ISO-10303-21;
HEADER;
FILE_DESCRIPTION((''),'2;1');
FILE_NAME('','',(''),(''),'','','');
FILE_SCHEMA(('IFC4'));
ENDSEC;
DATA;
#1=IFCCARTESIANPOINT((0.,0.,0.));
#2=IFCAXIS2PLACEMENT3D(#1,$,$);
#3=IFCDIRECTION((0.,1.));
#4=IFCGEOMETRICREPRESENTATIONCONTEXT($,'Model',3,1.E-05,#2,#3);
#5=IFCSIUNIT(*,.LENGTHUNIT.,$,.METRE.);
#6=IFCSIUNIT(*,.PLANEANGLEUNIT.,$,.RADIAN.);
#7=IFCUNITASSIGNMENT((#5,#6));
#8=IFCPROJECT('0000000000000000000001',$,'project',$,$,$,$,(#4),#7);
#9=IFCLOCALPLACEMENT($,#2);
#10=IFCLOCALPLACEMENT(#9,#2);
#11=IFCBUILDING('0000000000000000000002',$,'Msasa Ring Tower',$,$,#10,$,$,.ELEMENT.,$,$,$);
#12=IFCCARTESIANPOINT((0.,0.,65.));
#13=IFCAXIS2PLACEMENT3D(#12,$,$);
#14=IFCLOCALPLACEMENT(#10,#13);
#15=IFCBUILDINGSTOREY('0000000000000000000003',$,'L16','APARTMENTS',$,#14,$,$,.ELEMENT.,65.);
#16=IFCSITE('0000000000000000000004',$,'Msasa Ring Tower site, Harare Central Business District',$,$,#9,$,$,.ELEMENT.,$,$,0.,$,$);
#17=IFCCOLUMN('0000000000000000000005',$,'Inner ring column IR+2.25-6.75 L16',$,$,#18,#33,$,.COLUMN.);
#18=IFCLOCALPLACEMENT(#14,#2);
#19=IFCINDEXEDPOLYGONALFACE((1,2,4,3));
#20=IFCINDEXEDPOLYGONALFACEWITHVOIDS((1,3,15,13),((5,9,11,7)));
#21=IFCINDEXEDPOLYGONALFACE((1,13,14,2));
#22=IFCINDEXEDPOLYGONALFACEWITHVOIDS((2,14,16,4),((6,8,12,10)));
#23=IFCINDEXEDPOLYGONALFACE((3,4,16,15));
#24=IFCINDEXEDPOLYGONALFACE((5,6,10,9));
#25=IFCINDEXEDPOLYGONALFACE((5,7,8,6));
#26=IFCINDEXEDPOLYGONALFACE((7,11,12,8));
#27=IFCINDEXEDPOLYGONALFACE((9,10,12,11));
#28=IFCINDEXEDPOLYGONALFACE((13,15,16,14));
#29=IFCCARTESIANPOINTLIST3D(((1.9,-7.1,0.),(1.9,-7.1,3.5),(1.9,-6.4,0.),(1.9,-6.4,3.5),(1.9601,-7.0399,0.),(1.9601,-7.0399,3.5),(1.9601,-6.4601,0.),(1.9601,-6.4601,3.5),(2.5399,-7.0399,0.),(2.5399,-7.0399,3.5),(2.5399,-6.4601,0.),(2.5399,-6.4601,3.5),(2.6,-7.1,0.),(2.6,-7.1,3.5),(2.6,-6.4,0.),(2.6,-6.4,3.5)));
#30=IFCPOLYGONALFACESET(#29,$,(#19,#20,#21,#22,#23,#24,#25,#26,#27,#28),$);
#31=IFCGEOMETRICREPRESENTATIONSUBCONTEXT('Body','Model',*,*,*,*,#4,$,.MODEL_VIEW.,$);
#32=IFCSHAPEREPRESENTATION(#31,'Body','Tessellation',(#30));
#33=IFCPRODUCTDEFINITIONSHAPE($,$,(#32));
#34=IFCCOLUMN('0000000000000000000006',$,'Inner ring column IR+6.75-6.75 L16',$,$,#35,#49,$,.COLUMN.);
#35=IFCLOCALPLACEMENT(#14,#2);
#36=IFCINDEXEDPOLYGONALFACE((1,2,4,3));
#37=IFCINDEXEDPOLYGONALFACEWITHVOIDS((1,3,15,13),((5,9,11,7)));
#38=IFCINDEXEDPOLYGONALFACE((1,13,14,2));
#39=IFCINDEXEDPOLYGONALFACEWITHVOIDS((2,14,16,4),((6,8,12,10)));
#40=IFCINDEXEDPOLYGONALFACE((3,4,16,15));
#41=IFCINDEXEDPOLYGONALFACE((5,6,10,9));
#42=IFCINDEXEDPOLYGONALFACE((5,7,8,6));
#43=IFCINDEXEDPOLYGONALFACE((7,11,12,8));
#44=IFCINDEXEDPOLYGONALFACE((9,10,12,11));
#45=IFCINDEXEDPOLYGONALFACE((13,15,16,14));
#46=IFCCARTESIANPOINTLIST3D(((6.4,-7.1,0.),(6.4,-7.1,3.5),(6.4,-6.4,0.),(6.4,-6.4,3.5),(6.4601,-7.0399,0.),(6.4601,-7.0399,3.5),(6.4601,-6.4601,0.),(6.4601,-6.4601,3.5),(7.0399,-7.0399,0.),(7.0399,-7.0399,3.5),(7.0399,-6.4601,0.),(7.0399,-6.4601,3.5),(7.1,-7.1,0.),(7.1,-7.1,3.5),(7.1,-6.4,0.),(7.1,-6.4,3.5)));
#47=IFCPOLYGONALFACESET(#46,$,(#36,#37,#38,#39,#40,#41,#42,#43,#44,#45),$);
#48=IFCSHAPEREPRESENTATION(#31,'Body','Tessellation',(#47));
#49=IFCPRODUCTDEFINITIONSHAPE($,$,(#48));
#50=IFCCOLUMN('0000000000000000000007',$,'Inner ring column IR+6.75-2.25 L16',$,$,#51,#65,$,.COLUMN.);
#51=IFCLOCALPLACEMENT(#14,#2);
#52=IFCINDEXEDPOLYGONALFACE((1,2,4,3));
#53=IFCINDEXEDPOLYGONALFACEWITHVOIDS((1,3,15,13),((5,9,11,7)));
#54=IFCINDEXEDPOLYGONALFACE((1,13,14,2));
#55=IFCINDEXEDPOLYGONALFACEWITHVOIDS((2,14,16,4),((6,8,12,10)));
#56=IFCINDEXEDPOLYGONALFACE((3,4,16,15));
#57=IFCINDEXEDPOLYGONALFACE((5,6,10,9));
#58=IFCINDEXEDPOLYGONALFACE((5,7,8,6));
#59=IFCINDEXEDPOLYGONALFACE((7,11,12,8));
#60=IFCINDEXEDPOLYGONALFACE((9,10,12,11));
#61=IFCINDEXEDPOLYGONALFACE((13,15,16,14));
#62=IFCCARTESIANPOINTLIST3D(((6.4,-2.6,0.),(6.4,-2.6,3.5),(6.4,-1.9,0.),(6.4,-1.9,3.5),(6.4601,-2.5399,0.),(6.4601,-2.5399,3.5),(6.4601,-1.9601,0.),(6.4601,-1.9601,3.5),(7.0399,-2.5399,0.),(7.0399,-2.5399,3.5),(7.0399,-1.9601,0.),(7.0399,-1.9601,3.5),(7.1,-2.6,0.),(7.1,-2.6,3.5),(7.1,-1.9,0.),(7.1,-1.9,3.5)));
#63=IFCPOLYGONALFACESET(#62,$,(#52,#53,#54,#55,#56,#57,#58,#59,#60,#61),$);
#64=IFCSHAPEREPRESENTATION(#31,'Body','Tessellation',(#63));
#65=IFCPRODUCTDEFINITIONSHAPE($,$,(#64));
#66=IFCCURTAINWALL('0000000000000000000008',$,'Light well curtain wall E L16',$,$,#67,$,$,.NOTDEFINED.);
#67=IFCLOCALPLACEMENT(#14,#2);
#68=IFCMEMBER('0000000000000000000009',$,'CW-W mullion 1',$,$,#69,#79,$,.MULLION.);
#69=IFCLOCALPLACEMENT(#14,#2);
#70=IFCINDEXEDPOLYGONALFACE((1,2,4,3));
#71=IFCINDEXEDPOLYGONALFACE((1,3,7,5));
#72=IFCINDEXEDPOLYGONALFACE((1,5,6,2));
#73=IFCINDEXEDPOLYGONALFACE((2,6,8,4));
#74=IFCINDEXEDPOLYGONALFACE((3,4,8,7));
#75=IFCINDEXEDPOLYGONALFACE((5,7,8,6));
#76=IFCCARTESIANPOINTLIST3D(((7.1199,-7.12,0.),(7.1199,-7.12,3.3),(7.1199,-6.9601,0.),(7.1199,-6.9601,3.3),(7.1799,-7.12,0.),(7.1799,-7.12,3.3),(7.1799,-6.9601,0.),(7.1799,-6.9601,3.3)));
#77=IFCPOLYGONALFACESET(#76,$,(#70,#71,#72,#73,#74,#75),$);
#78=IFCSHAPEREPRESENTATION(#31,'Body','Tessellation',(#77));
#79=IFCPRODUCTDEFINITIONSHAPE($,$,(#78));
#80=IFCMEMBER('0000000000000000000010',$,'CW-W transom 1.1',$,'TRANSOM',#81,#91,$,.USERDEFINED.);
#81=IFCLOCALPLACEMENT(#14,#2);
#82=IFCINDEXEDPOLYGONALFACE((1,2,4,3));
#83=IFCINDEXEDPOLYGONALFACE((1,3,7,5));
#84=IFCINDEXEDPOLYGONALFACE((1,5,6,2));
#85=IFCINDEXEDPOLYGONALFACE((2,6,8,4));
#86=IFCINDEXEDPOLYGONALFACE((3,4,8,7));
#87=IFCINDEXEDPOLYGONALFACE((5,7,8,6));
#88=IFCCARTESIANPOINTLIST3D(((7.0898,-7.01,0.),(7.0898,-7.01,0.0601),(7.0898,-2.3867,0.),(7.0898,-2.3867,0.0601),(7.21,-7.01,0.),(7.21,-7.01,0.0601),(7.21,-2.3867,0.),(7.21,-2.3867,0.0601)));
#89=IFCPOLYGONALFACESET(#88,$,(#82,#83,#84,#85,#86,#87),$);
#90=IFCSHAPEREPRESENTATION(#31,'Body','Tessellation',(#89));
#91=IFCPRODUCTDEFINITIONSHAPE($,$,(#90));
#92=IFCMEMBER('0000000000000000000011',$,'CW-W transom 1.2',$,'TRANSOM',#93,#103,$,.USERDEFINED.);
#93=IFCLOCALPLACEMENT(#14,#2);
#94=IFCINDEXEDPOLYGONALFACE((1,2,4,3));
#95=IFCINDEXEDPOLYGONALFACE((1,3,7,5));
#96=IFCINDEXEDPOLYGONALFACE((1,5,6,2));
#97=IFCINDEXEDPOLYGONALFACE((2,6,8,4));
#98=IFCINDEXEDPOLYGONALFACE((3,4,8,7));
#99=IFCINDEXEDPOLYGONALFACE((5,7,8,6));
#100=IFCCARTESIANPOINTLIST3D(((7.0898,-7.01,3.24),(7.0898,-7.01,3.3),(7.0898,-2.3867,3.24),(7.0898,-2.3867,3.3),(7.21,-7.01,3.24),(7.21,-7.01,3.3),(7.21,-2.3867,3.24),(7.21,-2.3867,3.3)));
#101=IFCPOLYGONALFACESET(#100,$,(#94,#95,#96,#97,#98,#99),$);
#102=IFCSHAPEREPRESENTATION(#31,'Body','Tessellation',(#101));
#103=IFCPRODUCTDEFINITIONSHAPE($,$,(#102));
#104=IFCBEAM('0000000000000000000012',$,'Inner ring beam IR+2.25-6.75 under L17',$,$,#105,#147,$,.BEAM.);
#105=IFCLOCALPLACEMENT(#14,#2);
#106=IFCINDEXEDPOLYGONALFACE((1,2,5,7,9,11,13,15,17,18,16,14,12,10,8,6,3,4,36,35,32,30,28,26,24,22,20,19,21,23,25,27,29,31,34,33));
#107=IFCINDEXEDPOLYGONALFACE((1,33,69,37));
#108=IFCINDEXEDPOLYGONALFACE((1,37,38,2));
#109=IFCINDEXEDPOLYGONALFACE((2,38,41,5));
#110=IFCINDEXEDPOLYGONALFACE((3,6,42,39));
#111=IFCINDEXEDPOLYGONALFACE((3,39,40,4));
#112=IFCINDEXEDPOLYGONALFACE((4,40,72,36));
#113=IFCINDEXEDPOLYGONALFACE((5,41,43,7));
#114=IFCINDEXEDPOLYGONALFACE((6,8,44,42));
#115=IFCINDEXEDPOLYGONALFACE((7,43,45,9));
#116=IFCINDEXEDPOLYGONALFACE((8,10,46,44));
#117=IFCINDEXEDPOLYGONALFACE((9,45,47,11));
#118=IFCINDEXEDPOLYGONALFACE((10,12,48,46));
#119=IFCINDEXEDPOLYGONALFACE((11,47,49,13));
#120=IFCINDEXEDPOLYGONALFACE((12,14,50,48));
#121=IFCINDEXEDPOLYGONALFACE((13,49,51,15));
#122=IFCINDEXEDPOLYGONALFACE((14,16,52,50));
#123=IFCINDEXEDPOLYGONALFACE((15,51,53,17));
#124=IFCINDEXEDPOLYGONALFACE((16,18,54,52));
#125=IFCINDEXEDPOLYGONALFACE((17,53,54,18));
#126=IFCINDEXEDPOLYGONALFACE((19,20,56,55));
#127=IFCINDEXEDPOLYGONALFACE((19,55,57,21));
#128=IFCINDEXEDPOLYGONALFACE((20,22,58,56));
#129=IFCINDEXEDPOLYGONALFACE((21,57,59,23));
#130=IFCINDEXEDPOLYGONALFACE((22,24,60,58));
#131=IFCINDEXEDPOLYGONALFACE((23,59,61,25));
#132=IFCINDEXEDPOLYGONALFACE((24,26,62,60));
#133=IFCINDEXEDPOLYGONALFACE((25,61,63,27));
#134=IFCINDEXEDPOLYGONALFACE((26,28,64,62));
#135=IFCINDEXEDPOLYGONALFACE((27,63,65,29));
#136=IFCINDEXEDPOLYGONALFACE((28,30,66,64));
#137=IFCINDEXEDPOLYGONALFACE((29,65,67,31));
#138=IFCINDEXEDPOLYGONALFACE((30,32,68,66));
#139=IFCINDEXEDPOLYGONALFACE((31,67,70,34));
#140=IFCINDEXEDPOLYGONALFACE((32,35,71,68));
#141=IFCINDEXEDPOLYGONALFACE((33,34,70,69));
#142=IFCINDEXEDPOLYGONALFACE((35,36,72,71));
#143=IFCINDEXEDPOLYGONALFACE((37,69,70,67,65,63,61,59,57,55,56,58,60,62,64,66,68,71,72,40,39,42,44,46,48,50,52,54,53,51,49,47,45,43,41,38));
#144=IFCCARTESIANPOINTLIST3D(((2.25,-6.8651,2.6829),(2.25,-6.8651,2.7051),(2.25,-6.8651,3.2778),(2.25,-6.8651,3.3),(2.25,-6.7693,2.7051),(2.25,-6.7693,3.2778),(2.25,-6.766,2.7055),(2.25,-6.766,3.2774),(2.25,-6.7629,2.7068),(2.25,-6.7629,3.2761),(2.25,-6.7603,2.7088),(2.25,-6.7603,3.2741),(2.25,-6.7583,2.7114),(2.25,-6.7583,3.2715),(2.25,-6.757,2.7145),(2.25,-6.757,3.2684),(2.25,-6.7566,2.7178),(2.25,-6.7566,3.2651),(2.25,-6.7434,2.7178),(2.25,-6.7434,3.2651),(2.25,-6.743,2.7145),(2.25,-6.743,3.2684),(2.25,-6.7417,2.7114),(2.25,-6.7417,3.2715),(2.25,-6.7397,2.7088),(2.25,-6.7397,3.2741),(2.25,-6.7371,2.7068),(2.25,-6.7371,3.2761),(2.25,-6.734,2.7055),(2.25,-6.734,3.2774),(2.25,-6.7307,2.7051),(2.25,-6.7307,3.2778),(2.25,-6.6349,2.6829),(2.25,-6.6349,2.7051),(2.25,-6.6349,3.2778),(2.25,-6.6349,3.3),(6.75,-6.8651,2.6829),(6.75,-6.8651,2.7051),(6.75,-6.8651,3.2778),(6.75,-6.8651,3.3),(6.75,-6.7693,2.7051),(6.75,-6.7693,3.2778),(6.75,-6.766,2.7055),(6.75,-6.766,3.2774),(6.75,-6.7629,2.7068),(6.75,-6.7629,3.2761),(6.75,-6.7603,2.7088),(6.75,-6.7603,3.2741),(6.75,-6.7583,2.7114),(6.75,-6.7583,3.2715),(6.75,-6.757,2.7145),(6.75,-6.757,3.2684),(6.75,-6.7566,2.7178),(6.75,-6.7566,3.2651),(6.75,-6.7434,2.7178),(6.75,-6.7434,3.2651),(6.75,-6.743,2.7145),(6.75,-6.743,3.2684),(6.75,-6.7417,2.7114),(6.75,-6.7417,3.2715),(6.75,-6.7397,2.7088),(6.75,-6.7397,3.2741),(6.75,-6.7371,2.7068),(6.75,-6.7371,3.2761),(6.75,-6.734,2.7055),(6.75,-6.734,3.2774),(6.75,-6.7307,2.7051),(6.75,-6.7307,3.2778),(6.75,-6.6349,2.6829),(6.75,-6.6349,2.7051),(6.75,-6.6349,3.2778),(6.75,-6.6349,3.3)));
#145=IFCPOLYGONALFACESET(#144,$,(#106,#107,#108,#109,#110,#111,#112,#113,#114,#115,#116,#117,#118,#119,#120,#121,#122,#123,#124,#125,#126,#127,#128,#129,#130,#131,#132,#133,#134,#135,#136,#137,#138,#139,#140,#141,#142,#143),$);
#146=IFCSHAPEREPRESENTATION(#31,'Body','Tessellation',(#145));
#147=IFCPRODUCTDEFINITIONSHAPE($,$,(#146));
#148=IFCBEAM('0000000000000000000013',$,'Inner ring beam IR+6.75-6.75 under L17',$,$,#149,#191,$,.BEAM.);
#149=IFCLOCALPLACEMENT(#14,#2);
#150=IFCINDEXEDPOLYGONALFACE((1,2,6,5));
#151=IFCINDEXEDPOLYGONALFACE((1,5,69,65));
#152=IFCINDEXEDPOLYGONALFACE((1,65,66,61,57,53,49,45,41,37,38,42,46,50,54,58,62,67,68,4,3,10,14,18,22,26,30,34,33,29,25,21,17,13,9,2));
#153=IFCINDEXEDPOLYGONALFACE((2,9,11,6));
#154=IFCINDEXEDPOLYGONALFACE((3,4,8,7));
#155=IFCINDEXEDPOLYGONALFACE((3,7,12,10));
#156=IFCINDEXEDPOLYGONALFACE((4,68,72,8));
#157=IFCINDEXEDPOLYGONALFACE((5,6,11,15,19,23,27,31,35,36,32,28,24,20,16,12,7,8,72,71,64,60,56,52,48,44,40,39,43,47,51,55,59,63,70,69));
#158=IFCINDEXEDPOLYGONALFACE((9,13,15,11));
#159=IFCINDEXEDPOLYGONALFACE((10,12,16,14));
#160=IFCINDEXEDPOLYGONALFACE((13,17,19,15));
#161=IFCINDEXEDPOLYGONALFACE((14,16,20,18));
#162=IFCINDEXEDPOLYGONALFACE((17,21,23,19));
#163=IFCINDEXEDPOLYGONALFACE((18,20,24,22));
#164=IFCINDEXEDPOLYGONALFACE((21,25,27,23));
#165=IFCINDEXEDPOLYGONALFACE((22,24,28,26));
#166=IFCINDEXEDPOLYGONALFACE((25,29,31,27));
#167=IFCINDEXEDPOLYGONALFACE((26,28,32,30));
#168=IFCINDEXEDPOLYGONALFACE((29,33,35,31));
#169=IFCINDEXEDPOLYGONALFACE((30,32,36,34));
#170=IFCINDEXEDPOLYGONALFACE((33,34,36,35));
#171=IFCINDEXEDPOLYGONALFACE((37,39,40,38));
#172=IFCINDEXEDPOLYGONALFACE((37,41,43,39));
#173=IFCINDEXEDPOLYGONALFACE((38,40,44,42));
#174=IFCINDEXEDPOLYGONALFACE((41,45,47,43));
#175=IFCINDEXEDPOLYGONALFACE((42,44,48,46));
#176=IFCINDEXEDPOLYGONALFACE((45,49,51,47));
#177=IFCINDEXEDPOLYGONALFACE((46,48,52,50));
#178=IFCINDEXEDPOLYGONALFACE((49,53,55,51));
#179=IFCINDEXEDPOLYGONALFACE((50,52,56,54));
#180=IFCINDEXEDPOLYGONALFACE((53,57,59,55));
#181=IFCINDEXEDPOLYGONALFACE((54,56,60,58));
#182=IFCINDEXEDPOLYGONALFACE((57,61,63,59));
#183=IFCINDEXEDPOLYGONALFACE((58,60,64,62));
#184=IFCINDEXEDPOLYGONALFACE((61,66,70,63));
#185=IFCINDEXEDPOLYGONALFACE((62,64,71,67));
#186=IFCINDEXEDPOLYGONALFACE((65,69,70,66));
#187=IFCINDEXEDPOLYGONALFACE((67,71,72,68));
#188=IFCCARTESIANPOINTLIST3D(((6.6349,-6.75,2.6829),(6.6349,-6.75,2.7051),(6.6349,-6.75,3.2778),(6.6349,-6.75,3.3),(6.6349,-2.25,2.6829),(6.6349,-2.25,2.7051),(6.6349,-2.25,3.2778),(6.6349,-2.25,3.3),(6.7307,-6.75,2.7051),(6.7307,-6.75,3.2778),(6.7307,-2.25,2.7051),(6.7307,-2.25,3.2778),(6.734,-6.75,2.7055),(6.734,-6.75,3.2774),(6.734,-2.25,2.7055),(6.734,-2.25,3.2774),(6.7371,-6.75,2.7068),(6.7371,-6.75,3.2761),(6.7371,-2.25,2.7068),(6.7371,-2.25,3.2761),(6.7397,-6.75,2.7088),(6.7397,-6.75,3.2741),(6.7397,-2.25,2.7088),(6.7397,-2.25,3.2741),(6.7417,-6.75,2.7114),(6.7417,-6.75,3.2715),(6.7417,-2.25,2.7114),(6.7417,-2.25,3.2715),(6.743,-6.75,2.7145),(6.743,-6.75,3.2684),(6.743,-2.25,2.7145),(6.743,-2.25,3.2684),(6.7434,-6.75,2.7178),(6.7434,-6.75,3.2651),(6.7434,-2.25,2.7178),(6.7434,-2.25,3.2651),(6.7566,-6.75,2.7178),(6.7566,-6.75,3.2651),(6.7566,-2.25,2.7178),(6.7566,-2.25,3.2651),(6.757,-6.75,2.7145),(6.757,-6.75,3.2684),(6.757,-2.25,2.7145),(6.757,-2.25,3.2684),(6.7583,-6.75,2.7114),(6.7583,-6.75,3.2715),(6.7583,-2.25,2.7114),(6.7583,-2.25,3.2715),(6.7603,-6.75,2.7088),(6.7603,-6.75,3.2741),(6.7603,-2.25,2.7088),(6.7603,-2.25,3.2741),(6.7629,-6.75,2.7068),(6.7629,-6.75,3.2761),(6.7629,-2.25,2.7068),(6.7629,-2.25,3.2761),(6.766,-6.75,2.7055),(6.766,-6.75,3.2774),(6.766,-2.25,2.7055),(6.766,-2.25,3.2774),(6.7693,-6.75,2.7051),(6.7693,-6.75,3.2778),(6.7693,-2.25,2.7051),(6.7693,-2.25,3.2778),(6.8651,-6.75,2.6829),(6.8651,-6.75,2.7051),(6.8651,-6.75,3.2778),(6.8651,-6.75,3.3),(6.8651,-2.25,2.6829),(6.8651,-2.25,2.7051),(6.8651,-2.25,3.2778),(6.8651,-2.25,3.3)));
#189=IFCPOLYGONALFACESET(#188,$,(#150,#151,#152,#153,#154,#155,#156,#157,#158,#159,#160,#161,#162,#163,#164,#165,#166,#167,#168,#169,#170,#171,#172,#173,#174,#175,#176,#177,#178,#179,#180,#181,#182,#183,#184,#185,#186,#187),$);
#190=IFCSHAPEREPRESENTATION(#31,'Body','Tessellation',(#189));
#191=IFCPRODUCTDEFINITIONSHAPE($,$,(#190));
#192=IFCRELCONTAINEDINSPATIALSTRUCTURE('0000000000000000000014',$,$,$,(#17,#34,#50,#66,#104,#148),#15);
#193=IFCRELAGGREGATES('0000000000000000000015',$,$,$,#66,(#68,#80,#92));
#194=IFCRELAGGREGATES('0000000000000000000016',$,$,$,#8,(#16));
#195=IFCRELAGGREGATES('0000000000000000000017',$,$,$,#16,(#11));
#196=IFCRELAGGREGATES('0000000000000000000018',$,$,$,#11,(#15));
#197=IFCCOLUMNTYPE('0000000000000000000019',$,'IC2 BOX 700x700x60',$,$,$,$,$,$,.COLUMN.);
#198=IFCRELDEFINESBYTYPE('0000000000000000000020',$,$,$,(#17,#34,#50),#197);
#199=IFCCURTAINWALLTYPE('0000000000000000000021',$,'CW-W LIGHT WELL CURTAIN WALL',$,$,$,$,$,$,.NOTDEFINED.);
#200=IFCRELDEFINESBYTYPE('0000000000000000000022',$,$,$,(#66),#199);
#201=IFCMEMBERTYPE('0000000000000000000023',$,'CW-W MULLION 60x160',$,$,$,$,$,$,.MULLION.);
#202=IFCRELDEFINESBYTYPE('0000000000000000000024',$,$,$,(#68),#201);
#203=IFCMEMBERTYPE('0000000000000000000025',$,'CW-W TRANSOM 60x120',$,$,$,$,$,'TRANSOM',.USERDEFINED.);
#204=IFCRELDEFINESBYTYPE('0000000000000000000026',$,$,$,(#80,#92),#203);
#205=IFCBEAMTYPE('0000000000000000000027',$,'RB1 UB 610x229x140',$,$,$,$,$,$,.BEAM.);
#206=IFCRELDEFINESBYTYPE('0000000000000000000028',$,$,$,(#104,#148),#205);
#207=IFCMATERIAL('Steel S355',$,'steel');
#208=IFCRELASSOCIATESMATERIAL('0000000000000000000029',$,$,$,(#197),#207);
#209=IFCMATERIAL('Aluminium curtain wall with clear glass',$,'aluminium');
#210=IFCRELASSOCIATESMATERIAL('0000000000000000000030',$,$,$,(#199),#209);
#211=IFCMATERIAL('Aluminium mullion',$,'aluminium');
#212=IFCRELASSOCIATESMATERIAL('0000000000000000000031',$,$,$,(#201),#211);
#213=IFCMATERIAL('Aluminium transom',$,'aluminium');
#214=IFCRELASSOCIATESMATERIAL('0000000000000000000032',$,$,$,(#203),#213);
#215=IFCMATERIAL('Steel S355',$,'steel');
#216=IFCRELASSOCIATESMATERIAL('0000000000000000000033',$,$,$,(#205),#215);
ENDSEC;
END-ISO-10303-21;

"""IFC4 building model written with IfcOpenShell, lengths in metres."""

from ifc_helpers import new_model, si_unit, direction, frame, origin, origin_2d, place, context, subcontext, project, spatial, rectangle, hollow_rectangle, i_section, extrude, material, material_profile, profile_set, type_object, element, aggregate, save


model = new_model("IFC4")

# Units and contexts
model_context = context("Model", 3, precision=1e-05, world=origin(), true_north=direction((0.0, 1.0)))
body_context = subcontext(model_context, "Body", "Model", "MODEL_VIEW")
ifc_project = project(units=[si_unit("LENGTHUNIT", "METRE"), si_unit("PLANEANGLEUNIT", "RADIAN")], contexts=[model_context])

# Site, building, storey
site_placement = place(None, origin())
site = spatial("IfcSite", under=ifc_project, at=site_placement, Name="Msasa Ring Tower site, Harare Central Business District", CompositionType="ELEMENT", RefElevation=0.0)
building_placement = place(site_placement, origin())
building = spatial("IfcBuilding", under=site, at=building_placement, Name="Msasa Ring Tower", CompositionType="ELEMENT")
storey_placement = place(building_placement, frame((0.0, 0.0, 65.0)))
storey = spatial("IfcBuildingStorey", under=building, at=storey_placement, Name="L16", Description="APARTMENTS", CompositionType="ELEMENT", Elevation=65.0)

# Columns
ifc_material_1 = material(Name="Steel S355", Category="steel")
ifc_material_profile_1 = material_profile(ifc_material_1, hollow_rectangle(XDim=0.7, YDim=0.7, WallThickness=0.0601, at=origin_2d()), Name="BOX 700x700x60")
ifc_profile_set_1 = profile_set([ifc_material_profile_1], Name="Steel S355")
column_type = type_object("IfcColumnType", Name="IC2 BOX 700x700x60", PredefinedType="COLUMN", material=ifc_profile_set_1)
for number, where, z_axis, x_axis, name in (
    (1, (2.25, -6.75, 0.0), (0.0, 0.0, 1.0), (1.0, 0.0, 0.0), "Inner ring column IR+2.25-6.75 L16"),
    (2, (6.75, -6.75, 0.0), (0.0, 0.0, 1.0), (1.0, 0.0, 0.0), "Inner ring column IR+6.75-6.75 L16"),
    (3, (6.75, -2.25, 0.0), (0.0, 0.0, 1.0), (1.0, 0.0, 0.0), "Inner ring column IR+6.75-2.25 L16"),
):
    element("IfcColumn", number, at=place(storey_placement, frame(where, z_axis=z_axis, x_axis=x_axis)), inside=storey, type_object=column_type, Name=name, PredefinedType="COLUMN", context=body_context, shape_type="SweptSolid", body=[
        extrude(hollow_rectangle(XDim=0.7, YDim=0.7, WallThickness=0.0601, at=origin_2d()), origin(), (0.0, 0.0, 1.0), 3.5),
    ])

# Curtain wall, members
ifc_material_2 = material(Name="Aluminium curtain wall with clear glass", Category="aluminium")
curtain_wall_type = type_object("IfcCurtainWallType", Name="CW-W LIGHT WELL CURTAIN WALL", PredefinedType="NOTDEFINED", material=ifc_material_2)
curtain_wall_placement = place(storey_placement, origin())
curtain_wall = element("IfcCurtainWall", 4, at=curtain_wall_placement, inside=storey, type_object=curtain_wall_type, Name="Light well curtain wall E L16", PredefinedType="NOTDEFINED")
ifc_material_3 = material(Name="Aluminium mullion", Category="aluminium")
ifc_material_profile_2 = material_profile(ifc_material_3, rectangle(XDim=0.0601, YDim=0.1599, at=origin_2d()), Name="AL 60x160")
ifc_profile_set_2 = profile_set([ifc_material_profile_2], Name="Aluminium mullion")
member_type_1 = type_object("IfcMemberType", Name="CW-W MULLION 60x160", PredefinedType="MULLION", material=ifc_profile_set_2)
member_1_placement = place(storey_placement, frame((7.1499, -7.04, 0.0), z_axis=(0.0, 0.0, 1.0), x_axis=(-1.0, 0.0, 0.0)))
member_1 = element("IfcMember", 5, at=member_1_placement, type_object=member_type_1, Name="CW-W mullion 1", PredefinedType="MULLION", context=body_context, shape_type="SweptSolid", body=[
    extrude(rectangle(XDim=0.0601, YDim=0.1599, at=origin_2d()), origin(), (0.0, 0.0, 1.0), 3.3),
])
ifc_material_4 = material(Name="Aluminium transom", Category="aluminium")
ifc_material_profile_3 = material_profile(ifc_material_4, rectangle(XDim=0.1201, YDim=0.0601, at=origin_2d()), Name="AL 60x120")
ifc_profile_set_3 = profile_set([ifc_material_profile_3], Name="Aluminium transom")
member_type_2 = type_object("IfcMemberType", Name="CW-W TRANSOM 60x120", ElementType="TRANSOM", PredefinedType="USERDEFINED", material=ifc_profile_set_3)
member_2_placement = place(storey_placement, frame((7.1499, -7.01, 0.03), z_axis=(0.0, 1.0, 0.0), x_axis=(-1.0, 0.0, 0.0)))
member_2 = element("IfcMember", 6, at=member_2_placement, type_object=member_type_2, Name="CW-W transom 1.1", ObjectType="TRANSOM", PredefinedType="USERDEFINED", context=body_context, shape_type="SweptSolid", body=[
    extrude(rectangle(XDim=0.1201, YDim=0.0601, at=origin_2d()), origin(), (0.0, 0.0, 1.0), 4.6233),
])
member_3_placement = place(storey_placement, frame((7.1499, -7.01, 3.27), z_axis=(0.0, 1.0, 0.0), x_axis=(-1.0, 0.0, 0.0)))
member_3 = element("IfcMember", 7, at=member_3_placement, type_object=member_type_2, Name="CW-W transom 1.2", ObjectType="TRANSOM", PredefinedType="USERDEFINED", context=body_context, shape_type="SweptSolid", body=[
    extrude(rectangle(XDim=0.1201, YDim=0.0601, at=origin_2d()), origin(), (0.0, 0.0, 1.0), 4.6233),
])
aggregate(curtain_wall, [member_1, member_2, member_3])

# Beams
ifc_material_5 = material(Name="Steel S355", Category="steel")
ifc_material_profile_4 = material_profile(ifc_material_5, i_section(OverallWidth=0.2302, OverallDepth=0.6172, WebThickness=0.0132, FlangeThickness=0.0222, FilletRadius=0.0127, at=origin_2d()), Name="UB 610x229x140")
ifc_profile_set_4 = profile_set([ifc_material_profile_4], Name="Steel S355")
beam_type = type_object("IfcBeamType", Name="RB1 UB 610x229x140", PredefinedType="BEAM", material=ifc_profile_set_4)
for number, where, z_axis, x_axis, name in (
    (8, (2.25, -6.75, 2.9915), (1.0, 0.0, 0.0), (0.0, 1.0, 0.0), "Inner ring beam IR+2.25-6.75 under L17"),
    (9, (6.75, -6.75, 2.9915), (0.0, 1.0, 0.0), (-1.0, 0.0, 0.0), "Inner ring beam IR+6.75-6.75 under L17"),
):
    element("IfcBeam", number, at=place(storey_placement, frame(where, z_axis=z_axis, x_axis=x_axis)), inside=storey, type_object=beam_type, Name=name, PredefinedType="BEAM", context=body_context, shape_type="SweptSolid", body=[
        extrude(i_section(OverallWidth=0.2302, OverallDepth=0.6172, WebThickness=0.0132, FlangeThickness=0.0222, FilletRadius=0.0127, at=origin_2d()), origin(), (0.0, 0.0, 1.0), 4.5),
    ])

save(model, "model.ifc")
